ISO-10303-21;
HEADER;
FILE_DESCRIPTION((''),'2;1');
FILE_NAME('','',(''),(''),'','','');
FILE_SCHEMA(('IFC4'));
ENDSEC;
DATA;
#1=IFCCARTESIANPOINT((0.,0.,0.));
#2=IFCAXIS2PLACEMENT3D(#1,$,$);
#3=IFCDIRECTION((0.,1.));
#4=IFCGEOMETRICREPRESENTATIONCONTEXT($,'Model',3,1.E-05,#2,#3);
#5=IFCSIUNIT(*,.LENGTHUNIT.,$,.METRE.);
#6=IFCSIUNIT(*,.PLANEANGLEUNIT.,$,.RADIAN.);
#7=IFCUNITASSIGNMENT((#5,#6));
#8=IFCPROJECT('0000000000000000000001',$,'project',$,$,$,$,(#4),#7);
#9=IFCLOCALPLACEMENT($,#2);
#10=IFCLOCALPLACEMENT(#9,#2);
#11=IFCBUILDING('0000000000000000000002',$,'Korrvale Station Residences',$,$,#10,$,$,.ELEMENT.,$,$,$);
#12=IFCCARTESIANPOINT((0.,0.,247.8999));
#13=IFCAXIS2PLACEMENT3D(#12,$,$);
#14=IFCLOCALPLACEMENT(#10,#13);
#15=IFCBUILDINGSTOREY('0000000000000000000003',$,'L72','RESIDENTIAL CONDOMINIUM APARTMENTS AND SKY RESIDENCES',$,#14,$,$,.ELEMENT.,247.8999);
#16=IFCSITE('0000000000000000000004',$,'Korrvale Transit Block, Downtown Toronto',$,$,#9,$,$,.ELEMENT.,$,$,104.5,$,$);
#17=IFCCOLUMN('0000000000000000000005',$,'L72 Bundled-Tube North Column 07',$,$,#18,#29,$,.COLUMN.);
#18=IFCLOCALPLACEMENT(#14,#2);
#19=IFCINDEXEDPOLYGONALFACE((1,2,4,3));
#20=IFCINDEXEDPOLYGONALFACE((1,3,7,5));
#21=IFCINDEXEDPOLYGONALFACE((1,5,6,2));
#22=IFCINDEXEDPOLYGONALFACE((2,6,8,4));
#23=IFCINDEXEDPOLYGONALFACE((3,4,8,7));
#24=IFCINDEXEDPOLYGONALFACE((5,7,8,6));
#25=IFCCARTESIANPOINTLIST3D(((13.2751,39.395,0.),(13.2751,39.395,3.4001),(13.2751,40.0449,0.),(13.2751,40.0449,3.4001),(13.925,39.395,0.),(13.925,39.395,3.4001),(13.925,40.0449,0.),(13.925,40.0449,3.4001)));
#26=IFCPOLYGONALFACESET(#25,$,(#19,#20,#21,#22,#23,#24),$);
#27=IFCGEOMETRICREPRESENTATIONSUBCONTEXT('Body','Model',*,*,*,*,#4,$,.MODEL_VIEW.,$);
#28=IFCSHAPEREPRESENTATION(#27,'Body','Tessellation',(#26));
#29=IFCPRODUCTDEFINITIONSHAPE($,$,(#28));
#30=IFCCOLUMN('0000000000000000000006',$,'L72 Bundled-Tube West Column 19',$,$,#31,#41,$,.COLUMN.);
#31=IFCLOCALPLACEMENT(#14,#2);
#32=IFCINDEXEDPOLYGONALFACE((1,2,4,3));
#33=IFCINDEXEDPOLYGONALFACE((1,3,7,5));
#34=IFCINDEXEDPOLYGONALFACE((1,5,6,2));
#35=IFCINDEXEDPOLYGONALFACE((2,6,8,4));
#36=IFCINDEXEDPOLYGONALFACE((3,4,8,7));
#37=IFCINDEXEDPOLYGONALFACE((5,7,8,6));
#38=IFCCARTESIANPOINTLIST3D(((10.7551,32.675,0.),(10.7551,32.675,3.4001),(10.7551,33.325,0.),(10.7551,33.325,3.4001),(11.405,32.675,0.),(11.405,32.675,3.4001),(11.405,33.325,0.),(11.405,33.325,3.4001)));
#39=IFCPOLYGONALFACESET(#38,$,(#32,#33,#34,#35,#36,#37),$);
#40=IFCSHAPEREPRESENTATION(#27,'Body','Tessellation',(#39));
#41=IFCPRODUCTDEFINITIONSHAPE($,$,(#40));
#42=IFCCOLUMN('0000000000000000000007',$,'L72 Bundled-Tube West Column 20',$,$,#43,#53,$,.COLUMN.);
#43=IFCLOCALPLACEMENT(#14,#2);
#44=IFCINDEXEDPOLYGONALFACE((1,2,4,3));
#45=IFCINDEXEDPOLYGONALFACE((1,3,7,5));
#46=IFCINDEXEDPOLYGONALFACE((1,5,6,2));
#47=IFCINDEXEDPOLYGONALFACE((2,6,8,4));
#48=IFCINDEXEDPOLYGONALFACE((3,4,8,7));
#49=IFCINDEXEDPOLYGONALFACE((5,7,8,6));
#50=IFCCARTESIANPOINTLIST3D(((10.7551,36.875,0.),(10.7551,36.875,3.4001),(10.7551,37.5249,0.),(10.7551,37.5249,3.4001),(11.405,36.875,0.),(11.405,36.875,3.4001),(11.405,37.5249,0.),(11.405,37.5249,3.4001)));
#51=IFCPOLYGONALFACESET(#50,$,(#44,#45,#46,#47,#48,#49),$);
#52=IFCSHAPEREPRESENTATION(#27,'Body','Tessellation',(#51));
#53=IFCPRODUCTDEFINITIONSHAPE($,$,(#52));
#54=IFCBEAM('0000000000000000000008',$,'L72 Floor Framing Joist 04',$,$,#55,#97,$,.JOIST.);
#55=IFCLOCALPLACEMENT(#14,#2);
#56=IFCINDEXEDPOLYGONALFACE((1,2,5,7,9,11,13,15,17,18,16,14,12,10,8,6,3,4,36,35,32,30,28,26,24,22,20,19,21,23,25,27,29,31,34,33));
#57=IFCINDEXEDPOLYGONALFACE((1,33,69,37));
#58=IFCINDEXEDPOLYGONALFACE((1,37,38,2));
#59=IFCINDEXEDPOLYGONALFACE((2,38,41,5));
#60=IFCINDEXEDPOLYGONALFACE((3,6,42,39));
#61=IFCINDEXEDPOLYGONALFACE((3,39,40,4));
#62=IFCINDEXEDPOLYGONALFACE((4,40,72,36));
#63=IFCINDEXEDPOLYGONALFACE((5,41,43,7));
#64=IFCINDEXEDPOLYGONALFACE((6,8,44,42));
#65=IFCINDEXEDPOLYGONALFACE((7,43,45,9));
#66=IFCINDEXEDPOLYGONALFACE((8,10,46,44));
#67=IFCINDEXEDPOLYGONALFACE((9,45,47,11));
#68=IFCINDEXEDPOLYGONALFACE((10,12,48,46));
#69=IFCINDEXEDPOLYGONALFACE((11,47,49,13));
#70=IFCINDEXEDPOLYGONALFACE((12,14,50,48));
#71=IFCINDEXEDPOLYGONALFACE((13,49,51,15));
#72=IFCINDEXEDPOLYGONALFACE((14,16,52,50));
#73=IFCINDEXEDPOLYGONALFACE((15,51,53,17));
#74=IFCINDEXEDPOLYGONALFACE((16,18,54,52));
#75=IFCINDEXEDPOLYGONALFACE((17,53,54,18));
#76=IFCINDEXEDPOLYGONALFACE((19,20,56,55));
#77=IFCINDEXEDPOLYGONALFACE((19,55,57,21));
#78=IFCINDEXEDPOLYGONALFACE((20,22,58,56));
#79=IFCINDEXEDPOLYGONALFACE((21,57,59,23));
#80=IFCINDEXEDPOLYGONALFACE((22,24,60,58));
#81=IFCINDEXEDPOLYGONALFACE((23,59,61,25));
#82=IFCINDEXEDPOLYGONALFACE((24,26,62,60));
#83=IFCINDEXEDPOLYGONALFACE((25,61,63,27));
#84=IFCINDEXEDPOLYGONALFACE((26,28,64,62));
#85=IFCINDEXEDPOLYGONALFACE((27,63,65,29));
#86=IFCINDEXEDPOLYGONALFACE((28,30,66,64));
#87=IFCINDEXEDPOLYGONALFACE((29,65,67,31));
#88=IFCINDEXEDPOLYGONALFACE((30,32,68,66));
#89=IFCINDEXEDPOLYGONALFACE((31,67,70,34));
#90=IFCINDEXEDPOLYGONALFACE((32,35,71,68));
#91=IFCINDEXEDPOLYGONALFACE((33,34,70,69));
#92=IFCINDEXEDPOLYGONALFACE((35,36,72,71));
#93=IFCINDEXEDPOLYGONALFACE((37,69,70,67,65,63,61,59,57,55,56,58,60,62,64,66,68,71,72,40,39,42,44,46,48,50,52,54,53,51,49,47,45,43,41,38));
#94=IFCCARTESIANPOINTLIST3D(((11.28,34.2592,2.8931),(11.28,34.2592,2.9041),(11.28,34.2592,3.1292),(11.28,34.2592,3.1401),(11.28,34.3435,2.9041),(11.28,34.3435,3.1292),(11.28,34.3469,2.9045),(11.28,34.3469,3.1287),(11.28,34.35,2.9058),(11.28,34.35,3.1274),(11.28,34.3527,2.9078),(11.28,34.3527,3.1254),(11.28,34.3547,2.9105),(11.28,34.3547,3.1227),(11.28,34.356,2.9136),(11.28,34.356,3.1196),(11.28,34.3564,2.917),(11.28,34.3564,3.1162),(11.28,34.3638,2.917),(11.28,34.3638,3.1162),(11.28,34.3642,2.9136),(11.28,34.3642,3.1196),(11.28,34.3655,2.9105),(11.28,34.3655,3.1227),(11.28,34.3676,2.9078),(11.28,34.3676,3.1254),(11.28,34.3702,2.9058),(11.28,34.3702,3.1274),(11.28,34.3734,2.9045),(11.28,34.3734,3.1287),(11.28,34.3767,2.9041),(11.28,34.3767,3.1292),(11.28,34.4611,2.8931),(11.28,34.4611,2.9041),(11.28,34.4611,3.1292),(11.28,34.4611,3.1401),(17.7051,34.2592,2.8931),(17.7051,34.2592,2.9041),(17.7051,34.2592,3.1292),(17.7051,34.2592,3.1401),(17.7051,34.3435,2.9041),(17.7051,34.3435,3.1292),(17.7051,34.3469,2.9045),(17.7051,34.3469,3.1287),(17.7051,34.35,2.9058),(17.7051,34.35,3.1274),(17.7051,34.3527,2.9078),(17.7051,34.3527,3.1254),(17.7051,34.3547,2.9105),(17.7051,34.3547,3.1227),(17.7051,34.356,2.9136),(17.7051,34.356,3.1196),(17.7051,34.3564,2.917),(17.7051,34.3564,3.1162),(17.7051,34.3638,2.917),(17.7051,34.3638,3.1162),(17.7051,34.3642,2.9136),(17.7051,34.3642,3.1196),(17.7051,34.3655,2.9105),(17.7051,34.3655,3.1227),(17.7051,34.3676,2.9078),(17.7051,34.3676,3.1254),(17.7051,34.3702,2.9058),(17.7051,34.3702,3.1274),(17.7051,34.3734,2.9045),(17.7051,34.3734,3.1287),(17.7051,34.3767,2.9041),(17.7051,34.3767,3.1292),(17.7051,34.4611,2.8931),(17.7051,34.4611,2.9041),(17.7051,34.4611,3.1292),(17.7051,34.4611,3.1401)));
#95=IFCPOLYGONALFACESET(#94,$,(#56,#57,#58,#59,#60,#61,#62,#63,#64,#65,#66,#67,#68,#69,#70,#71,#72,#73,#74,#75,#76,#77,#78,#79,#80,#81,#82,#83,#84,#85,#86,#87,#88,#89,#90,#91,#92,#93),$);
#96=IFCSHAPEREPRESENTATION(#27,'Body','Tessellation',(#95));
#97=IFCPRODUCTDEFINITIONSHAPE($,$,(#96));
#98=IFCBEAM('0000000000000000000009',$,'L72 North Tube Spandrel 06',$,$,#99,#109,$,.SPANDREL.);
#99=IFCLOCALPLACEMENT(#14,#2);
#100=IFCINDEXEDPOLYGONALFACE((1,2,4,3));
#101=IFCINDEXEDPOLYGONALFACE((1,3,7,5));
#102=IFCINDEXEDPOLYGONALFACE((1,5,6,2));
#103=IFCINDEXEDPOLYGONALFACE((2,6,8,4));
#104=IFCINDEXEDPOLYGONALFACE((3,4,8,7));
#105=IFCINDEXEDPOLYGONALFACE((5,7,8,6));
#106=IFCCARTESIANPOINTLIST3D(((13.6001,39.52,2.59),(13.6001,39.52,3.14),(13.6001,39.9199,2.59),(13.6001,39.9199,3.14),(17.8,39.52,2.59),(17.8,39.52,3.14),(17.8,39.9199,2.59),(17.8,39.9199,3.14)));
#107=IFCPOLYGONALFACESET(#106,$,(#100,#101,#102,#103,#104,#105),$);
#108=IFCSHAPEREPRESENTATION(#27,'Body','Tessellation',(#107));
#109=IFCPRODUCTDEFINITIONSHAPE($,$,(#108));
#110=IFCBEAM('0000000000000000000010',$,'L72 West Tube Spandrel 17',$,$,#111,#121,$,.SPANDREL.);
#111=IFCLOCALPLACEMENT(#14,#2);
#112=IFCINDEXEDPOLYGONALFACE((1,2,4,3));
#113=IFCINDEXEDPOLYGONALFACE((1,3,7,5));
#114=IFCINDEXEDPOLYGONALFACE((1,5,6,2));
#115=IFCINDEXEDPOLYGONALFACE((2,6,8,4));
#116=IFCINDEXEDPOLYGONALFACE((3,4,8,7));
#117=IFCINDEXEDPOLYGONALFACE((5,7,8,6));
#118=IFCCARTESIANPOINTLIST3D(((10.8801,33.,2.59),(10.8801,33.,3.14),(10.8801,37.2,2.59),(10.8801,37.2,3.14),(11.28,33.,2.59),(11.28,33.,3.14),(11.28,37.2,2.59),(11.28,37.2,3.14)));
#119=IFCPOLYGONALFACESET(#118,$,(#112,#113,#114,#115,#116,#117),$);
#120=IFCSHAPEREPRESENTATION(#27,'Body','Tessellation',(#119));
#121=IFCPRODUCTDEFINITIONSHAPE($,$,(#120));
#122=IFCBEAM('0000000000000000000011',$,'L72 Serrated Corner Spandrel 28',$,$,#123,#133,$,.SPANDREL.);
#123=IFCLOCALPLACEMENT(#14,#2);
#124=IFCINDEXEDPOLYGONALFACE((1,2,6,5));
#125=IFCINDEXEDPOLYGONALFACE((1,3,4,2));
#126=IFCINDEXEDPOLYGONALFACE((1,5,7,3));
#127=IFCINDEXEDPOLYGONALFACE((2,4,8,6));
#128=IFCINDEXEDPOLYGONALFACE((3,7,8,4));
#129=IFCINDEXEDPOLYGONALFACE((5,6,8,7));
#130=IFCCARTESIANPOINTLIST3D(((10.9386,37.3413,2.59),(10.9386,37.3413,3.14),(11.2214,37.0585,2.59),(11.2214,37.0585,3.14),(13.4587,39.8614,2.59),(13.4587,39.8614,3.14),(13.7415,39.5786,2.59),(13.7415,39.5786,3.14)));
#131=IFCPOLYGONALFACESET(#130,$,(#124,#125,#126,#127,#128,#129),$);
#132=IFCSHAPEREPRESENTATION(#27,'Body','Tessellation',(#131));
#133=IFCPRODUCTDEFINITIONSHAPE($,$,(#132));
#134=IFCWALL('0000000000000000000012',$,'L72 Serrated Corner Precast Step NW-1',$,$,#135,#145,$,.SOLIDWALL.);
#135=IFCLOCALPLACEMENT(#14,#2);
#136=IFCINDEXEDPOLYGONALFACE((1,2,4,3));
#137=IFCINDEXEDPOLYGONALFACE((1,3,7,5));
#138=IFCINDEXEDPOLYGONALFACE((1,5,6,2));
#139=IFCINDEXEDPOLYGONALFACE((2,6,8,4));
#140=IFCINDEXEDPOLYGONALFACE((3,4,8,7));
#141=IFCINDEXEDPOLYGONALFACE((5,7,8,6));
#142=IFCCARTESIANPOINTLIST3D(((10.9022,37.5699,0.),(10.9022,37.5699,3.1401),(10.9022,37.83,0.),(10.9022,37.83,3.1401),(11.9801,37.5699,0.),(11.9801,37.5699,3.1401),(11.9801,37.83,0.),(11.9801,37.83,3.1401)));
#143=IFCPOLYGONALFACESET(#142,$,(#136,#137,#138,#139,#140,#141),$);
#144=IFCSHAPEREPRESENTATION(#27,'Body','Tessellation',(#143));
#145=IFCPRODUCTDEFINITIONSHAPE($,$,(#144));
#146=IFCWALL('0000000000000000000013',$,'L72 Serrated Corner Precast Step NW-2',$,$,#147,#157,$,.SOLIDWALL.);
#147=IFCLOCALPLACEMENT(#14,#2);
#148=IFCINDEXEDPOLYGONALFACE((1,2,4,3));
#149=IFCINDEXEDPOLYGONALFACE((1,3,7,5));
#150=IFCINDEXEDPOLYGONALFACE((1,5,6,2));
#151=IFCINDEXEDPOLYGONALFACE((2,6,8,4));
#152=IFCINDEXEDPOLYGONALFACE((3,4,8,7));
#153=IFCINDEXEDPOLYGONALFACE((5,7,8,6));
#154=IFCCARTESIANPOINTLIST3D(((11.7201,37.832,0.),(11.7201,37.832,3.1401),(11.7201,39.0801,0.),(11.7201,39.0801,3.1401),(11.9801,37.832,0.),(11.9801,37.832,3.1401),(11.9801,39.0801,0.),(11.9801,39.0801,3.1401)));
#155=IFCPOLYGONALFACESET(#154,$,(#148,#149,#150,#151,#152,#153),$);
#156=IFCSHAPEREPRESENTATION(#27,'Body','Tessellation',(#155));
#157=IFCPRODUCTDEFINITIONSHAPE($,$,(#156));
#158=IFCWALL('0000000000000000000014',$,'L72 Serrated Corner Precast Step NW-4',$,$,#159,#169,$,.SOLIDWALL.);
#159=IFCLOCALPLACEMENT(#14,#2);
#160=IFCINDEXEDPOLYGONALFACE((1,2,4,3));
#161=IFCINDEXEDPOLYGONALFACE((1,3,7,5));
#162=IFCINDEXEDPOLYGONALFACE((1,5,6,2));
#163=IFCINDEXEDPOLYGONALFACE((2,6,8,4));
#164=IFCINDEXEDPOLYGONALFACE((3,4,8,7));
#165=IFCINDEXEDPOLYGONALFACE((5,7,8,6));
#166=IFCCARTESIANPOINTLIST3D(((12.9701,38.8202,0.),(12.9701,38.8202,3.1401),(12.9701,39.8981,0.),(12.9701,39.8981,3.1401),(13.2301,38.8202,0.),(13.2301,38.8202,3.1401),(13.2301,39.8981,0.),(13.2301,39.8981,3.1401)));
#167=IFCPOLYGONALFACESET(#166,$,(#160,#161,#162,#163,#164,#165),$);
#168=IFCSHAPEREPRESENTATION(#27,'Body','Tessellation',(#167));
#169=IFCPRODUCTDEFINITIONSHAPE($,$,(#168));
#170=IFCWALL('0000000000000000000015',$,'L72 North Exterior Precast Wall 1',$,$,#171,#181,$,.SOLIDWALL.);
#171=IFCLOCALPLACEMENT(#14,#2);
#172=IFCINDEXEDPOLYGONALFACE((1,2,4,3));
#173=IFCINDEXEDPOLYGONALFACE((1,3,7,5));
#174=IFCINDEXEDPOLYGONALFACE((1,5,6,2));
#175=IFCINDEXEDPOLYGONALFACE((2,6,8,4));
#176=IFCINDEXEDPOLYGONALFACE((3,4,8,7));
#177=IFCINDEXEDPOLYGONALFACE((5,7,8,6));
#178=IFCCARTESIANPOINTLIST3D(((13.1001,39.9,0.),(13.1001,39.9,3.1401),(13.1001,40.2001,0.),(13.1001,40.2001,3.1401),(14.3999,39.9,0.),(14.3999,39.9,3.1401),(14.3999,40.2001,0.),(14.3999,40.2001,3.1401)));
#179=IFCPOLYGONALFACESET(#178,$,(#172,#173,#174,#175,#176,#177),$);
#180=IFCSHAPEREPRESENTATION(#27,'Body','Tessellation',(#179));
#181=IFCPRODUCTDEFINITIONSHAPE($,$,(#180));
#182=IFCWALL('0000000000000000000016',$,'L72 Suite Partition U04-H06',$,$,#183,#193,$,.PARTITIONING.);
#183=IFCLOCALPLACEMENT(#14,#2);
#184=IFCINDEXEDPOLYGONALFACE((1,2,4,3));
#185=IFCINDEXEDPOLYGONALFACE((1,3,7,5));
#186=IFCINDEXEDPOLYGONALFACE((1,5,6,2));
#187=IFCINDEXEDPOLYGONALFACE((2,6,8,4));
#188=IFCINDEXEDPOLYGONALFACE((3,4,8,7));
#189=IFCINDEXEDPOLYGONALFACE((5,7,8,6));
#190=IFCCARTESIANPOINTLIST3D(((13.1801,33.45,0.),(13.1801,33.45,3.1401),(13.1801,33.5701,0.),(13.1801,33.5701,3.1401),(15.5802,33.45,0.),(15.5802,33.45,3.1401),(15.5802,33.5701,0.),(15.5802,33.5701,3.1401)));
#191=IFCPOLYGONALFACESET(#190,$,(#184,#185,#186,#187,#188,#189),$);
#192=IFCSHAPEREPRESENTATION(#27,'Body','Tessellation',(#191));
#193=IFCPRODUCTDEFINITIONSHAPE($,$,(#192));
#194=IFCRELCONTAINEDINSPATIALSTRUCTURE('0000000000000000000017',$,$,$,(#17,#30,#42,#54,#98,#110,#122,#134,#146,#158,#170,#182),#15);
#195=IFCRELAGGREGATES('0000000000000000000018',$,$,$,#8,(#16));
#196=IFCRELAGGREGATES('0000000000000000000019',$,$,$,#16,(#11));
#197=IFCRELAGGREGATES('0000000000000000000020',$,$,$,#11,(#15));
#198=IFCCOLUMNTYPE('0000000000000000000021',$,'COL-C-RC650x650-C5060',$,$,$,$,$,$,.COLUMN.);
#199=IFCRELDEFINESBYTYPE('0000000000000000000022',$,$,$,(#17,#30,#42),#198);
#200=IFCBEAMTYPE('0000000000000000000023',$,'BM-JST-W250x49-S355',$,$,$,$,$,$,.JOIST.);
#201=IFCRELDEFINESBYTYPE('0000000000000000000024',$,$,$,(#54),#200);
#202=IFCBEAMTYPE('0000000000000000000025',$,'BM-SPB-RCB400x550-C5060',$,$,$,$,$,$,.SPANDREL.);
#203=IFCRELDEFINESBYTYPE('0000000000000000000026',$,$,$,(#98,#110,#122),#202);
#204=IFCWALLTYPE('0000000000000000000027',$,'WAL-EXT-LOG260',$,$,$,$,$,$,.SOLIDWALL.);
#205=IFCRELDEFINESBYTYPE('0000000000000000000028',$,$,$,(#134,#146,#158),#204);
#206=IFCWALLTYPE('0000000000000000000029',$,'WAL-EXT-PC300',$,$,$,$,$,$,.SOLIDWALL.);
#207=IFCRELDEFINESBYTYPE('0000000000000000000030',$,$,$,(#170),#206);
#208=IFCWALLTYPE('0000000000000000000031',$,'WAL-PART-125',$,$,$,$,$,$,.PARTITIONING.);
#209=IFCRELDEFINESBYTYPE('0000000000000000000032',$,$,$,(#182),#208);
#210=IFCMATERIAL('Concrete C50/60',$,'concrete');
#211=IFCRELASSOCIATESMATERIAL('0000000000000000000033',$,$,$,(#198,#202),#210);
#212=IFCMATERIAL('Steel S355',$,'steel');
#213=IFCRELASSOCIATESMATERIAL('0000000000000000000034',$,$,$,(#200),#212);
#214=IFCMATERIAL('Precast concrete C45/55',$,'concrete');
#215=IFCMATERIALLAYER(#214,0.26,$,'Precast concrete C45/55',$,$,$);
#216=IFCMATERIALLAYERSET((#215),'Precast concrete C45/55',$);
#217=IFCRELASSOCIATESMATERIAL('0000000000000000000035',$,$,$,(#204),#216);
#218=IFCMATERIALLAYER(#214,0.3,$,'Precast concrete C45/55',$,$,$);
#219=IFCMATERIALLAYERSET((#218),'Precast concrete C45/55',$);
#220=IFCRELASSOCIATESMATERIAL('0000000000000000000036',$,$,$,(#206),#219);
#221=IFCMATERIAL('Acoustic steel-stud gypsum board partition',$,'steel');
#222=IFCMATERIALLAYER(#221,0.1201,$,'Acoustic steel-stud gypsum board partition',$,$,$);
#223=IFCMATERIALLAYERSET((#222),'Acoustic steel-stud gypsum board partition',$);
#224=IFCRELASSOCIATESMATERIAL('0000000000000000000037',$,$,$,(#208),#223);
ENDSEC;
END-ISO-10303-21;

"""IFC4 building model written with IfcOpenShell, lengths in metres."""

from ifc_helpers import new_model, si_unit, direction, frame, frame_2d, origin, origin_2d, place, context, subcontext, project, spatial, rectangle, i_section, extrude, material, layer, layer_set, material_profile, profile_set, type_object, element, save


model = new_model("IFC4")

# Units and contexts
model_context = context("Model", 3, precision=1e-05, world=origin(), true_north=direction((0.0, 1.0)))
body_context = subcontext(model_context, "Body", "Model", "MODEL_VIEW")
ifc_project = project(units=[si_unit("LENGTHUNIT", "METRE"), si_unit("PLANEANGLEUNIT", "RADIAN")], contexts=[model_context])

# Site, building, storey
site_placement = place(None, origin())
site = spatial("IfcSite", under=ifc_project, at=site_placement, Name="Korrvale Transit Block, Downtown Toronto", CompositionType="ELEMENT", RefElevation=104.5)
building_placement = place(site_placement, origin())
building = spatial("IfcBuilding", under=site, at=building_placement, Name="Korrvale Station Residences", CompositionType="ELEMENT")
storey_placement = place(building_placement, frame((0.0, 0.0, 247.8999)))
storey = spatial("IfcBuildingStorey", under=building, at=storey_placement, Name="L72", Description="RESIDENTIAL CONDOMINIUM APARTMENTS AND SKY RESIDENCES", CompositionType="ELEMENT", Elevation=247.8999)

# Columns
ifc_material_1 = material(Name="Concrete C50/60", Category="concrete")
ifc_material_profile_1 = material_profile(ifc_material_1, rectangle(XDim=0.6499, YDim=0.6499, at=origin_2d()), Name="RC650x650")
ifc_profile_set_1 = profile_set([ifc_material_profile_1], Name="Concrete C50/60")
column_type = type_object("IfcColumnType", Name="COL-C-RC650x650-C5060", PredefinedType="COLUMN", material=ifc_profile_set_1)
for number, where, z_axis, x_axis, name in (
    (1, (13.6001, 39.72, 0.0), (0.0, 0.0, 1.0), (1.0, 0.0, 0.0), "L72 Bundled-Tube North Column 07"),
    (2, (11.0801, 33.0, 0.0), (0.0, 0.0, 1.0), (1.0, 0.0, 0.0), "L72 Bundled-Tube West Column 19"),
    (3, (11.0801, 37.2, 0.0), (0.0, 0.0, 1.0), (1.0, 0.0, 0.0), "L72 Bundled-Tube West Column 20"),
):
    element("IfcColumn", number, at=place(storey_placement, frame(where, z_axis=z_axis, x_axis=x_axis)), inside=storey, type_object=column_type, Name=name, PredefinedType="COLUMN", context=body_context, shape_type="SweptSolid", body=[
        extrude(rectangle(XDim=0.6499, YDim=0.6499, at=origin_2d()), origin(), (0.0, 0.0, 1.0), 3.4001),
    ])

# Beams
ifc_material_2 = material(Name="Steel S355", Category="steel")
ifc_material_profile_2 = material_profile(ifc_material_2, i_section(OverallWidth=0.2019, OverallDepth=0.2471, WebThickness=0.0073, FlangeThickness=0.011, FilletRadius=0.0129, at=origin_2d()), Name="W250x49")
ifc_profile_set_2 = profile_set([ifc_material_profile_2], Name="Steel S355")
beam_type_1 = type_object("IfcBeamType", Name="BM-JST-W250x49-S355", PredefinedType="JOIST", material=ifc_profile_set_2)
beam_1_placement = place(storey_placement, frame((11.28, 34.3601, 3.0166), z_axis=(1.0, 0.0, 0.0), x_axis=(0.0, 1.0, 0.0)))
element("IfcBeam", 4, at=beam_1_placement, inside=storey, type_object=beam_type_1, Name="L72 Floor Framing Joist 04", PredefinedType="JOIST", context=body_context, shape_type="SweptSolid", body=[
    extrude(i_section(OverallWidth=0.2019, OverallDepth=0.2471, WebThickness=0.0073, FlangeThickness=0.011, FilletRadius=0.0129, at=origin_2d()), origin(), (0.0, 0.0, 1.0), 6.425),
])
ifc_material_profile_3 = material_profile(ifc_material_1, rectangle(XDim=0.3999, YDim=0.55, at=origin_2d()), Name="RCB400x550")
ifc_profile_set_3 = profile_set([ifc_material_profile_3], Name="Concrete C50/60")
beam_type_2 = type_object("IfcBeamType", Name="BM-SPB-RCB400x550-C5060", PredefinedType="SPANDREL", material=ifc_profile_set_3)
for number, where, z_axis, x_axis, name in (
    (5, (13.6001, 39.72, 2.865), (1.0, 0.0, 0.0), (0.0, 1.0, 0.0), "L72 North Tube Spandrel 06"),
    (6, (11.0801, 33.0, 2.865), (0.0, 1.0, 0.0), (-1.0, 0.0, 0.0), "L72 West Tube Spandrel 17"),
):
    element("IfcBeam", number, at=place(storey_placement, frame(where, z_axis=z_axis, x_axis=x_axis)), inside=storey, type_object=beam_type_2, Name=name, PredefinedType="SPANDREL", context=body_context, shape_type="SweptSolid", body=[
        extrude(rectangle(XDim=0.3999, YDim=0.55, at=origin_2d()), origin(), (0.0, 0.0, 1.0), 4.2),
    ])
beam_2_placement = place(storey_placement, frame((13.6001, 39.72, 2.865), z_axis=(-0.707107, -0.707107, 0.0), x_axis=(0.707107, -0.707107, 0.0)))
element("IfcBeam", 7, at=beam_2_placement, inside=storey, type_object=beam_type_2, Name="L72 Serrated Corner Spandrel 28", PredefinedType="SPANDREL", context=body_context, shape_type="SweptSolid", body=[
    extrude(rectangle(XDim=0.3999, YDim=0.55, at=origin_2d()), origin(), (0.0, 0.0, 1.0), 3.564),
])

# Walls
ifc_material_3 = material(Name="Precast concrete C45/55", Category="concrete")
ifc_layer_1 = layer(ifc_material_3, 0.26, Name="Precast concrete C45/55")
ifc_layer_set_1 = layer_set([ifc_layer_1], Name="Precast concrete C45/55")
wall_type_1 = type_object("IfcWallType", Name="WAL-EXT-LOG260", PredefinedType="SOLIDWALL", material=ifc_layer_set_1)
wall_1_placement = place(storey_placement, frame((10.9021, 37.7, 0.0), z_axis=(0.0, 0.0, 1.0), x_axis=(1.0, 0.0, 0.0)))
element("IfcWall", 8, at=wall_1_placement, inside=storey, type_object=wall_type_1, Name="L72 Serrated Corner Precast Step NW-1", PredefinedType="SOLIDWALL", context=body_context, shape_type="SweptSolid", body=[
    extrude(rectangle(XDim=1.0779, YDim=0.26, at=frame_2d((0.5391, 0.0))), origin(), (0.0, 0.0, 1.0), 3.1401),
])
wall_2_placement = place(storey_placement, frame((11.8501, 37.832, 0.0), z_axis=(0.0, 0.0, 1.0), x_axis=(0.0, 1.0, 0.0)))
element("IfcWall", 9, at=wall_2_placement, inside=storey, type_object=wall_type_1, Name="L72 Serrated Corner Precast Step NW-2", PredefinedType="SOLIDWALL", context=body_context, shape_type="SweptSolid", body=[
    extrude(rectangle(XDim=1.248, YDim=0.26, at=frame_2d((0.624, 0.0))), origin(), (0.0, 0.0, 1.0), 3.1401),
])
wall_3_placement = place(storey_placement, frame((13.1001, 38.8201, 0.0), z_axis=(0.0, 0.0, 1.0), x_axis=(0.0, 1.0, 0.0)))
element("IfcWall", 10, at=wall_3_placement, inside=storey, type_object=wall_type_1, Name="L72 Serrated Corner Precast Step NW-4", PredefinedType="SOLIDWALL", context=body_context, shape_type="SweptSolid", body=[
    extrude(rectangle(XDim=1.0779, YDim=0.26, at=frame_2d((0.5391, 0.0))), origin(), (0.0, 0.0, 1.0), 3.1401),
])
ifc_layer_2 = layer(ifc_material_3, 0.3, Name="Precast concrete C45/55")
ifc_layer_set_2 = layer_set([ifc_layer_2], Name="Precast concrete C45/55")
wall_type_2 = type_object("IfcWallType", Name="WAL-EXT-PC300", PredefinedType="SOLIDWALL", material=ifc_layer_set_2)
wall_4_placement = place(storey_placement, frame((13.1001, 40.05, 0.0), z_axis=(0.0, 0.0, 1.0), x_axis=(1.0, 0.0, 0.0)))
element("IfcWall", 11, at=wall_4_placement, inside=storey, type_object=wall_type_2, Name="L72 North Exterior Precast Wall 1", PredefinedType="SOLIDWALL", context=body_context, shape_type="SweptSolid", body=[
    extrude(rectangle(XDim=1.2998, YDim=0.3, at=frame_2d((0.6499, 0.0))), origin(), (0.0, 0.0, 1.0), 3.1401),
])
ifc_material_4 = material(Name="Acoustic steel-stud gypsum board partition", Category="steel")
ifc_layer_3 = layer(ifc_material_4, 0.1201, Name="Acoustic steel-stud gypsum board partition")
ifc_layer_set_3 = layer_set([ifc_layer_3], Name="Acoustic steel-stud gypsum board partition")
wall_type_3 = type_object("IfcWallType", Name="WAL-PART-125", PredefinedType="PARTITIONING", material=ifc_layer_set_3)
wall_5_placement = place(storey_placement, frame((13.1799, 33.51, 0.0), z_axis=(0.0, 0.0, 1.0), x_axis=(1.0, 0.0, 0.0)))
element("IfcWall", 12, at=wall_5_placement, inside=storey, type_object=wall_type_3, Name="L72 Suite Partition U04-H06", PredefinedType="PARTITIONING", context=body_context, shape_type="SweptSolid", body=[
    extrude(rectangle(XDim=2.4001, YDim=0.1201, at=frame_2d((1.2002, 0.0))), origin(), (0.0, 0.0, 1.0), 3.1401),
])

save(model, "model.ifc")
